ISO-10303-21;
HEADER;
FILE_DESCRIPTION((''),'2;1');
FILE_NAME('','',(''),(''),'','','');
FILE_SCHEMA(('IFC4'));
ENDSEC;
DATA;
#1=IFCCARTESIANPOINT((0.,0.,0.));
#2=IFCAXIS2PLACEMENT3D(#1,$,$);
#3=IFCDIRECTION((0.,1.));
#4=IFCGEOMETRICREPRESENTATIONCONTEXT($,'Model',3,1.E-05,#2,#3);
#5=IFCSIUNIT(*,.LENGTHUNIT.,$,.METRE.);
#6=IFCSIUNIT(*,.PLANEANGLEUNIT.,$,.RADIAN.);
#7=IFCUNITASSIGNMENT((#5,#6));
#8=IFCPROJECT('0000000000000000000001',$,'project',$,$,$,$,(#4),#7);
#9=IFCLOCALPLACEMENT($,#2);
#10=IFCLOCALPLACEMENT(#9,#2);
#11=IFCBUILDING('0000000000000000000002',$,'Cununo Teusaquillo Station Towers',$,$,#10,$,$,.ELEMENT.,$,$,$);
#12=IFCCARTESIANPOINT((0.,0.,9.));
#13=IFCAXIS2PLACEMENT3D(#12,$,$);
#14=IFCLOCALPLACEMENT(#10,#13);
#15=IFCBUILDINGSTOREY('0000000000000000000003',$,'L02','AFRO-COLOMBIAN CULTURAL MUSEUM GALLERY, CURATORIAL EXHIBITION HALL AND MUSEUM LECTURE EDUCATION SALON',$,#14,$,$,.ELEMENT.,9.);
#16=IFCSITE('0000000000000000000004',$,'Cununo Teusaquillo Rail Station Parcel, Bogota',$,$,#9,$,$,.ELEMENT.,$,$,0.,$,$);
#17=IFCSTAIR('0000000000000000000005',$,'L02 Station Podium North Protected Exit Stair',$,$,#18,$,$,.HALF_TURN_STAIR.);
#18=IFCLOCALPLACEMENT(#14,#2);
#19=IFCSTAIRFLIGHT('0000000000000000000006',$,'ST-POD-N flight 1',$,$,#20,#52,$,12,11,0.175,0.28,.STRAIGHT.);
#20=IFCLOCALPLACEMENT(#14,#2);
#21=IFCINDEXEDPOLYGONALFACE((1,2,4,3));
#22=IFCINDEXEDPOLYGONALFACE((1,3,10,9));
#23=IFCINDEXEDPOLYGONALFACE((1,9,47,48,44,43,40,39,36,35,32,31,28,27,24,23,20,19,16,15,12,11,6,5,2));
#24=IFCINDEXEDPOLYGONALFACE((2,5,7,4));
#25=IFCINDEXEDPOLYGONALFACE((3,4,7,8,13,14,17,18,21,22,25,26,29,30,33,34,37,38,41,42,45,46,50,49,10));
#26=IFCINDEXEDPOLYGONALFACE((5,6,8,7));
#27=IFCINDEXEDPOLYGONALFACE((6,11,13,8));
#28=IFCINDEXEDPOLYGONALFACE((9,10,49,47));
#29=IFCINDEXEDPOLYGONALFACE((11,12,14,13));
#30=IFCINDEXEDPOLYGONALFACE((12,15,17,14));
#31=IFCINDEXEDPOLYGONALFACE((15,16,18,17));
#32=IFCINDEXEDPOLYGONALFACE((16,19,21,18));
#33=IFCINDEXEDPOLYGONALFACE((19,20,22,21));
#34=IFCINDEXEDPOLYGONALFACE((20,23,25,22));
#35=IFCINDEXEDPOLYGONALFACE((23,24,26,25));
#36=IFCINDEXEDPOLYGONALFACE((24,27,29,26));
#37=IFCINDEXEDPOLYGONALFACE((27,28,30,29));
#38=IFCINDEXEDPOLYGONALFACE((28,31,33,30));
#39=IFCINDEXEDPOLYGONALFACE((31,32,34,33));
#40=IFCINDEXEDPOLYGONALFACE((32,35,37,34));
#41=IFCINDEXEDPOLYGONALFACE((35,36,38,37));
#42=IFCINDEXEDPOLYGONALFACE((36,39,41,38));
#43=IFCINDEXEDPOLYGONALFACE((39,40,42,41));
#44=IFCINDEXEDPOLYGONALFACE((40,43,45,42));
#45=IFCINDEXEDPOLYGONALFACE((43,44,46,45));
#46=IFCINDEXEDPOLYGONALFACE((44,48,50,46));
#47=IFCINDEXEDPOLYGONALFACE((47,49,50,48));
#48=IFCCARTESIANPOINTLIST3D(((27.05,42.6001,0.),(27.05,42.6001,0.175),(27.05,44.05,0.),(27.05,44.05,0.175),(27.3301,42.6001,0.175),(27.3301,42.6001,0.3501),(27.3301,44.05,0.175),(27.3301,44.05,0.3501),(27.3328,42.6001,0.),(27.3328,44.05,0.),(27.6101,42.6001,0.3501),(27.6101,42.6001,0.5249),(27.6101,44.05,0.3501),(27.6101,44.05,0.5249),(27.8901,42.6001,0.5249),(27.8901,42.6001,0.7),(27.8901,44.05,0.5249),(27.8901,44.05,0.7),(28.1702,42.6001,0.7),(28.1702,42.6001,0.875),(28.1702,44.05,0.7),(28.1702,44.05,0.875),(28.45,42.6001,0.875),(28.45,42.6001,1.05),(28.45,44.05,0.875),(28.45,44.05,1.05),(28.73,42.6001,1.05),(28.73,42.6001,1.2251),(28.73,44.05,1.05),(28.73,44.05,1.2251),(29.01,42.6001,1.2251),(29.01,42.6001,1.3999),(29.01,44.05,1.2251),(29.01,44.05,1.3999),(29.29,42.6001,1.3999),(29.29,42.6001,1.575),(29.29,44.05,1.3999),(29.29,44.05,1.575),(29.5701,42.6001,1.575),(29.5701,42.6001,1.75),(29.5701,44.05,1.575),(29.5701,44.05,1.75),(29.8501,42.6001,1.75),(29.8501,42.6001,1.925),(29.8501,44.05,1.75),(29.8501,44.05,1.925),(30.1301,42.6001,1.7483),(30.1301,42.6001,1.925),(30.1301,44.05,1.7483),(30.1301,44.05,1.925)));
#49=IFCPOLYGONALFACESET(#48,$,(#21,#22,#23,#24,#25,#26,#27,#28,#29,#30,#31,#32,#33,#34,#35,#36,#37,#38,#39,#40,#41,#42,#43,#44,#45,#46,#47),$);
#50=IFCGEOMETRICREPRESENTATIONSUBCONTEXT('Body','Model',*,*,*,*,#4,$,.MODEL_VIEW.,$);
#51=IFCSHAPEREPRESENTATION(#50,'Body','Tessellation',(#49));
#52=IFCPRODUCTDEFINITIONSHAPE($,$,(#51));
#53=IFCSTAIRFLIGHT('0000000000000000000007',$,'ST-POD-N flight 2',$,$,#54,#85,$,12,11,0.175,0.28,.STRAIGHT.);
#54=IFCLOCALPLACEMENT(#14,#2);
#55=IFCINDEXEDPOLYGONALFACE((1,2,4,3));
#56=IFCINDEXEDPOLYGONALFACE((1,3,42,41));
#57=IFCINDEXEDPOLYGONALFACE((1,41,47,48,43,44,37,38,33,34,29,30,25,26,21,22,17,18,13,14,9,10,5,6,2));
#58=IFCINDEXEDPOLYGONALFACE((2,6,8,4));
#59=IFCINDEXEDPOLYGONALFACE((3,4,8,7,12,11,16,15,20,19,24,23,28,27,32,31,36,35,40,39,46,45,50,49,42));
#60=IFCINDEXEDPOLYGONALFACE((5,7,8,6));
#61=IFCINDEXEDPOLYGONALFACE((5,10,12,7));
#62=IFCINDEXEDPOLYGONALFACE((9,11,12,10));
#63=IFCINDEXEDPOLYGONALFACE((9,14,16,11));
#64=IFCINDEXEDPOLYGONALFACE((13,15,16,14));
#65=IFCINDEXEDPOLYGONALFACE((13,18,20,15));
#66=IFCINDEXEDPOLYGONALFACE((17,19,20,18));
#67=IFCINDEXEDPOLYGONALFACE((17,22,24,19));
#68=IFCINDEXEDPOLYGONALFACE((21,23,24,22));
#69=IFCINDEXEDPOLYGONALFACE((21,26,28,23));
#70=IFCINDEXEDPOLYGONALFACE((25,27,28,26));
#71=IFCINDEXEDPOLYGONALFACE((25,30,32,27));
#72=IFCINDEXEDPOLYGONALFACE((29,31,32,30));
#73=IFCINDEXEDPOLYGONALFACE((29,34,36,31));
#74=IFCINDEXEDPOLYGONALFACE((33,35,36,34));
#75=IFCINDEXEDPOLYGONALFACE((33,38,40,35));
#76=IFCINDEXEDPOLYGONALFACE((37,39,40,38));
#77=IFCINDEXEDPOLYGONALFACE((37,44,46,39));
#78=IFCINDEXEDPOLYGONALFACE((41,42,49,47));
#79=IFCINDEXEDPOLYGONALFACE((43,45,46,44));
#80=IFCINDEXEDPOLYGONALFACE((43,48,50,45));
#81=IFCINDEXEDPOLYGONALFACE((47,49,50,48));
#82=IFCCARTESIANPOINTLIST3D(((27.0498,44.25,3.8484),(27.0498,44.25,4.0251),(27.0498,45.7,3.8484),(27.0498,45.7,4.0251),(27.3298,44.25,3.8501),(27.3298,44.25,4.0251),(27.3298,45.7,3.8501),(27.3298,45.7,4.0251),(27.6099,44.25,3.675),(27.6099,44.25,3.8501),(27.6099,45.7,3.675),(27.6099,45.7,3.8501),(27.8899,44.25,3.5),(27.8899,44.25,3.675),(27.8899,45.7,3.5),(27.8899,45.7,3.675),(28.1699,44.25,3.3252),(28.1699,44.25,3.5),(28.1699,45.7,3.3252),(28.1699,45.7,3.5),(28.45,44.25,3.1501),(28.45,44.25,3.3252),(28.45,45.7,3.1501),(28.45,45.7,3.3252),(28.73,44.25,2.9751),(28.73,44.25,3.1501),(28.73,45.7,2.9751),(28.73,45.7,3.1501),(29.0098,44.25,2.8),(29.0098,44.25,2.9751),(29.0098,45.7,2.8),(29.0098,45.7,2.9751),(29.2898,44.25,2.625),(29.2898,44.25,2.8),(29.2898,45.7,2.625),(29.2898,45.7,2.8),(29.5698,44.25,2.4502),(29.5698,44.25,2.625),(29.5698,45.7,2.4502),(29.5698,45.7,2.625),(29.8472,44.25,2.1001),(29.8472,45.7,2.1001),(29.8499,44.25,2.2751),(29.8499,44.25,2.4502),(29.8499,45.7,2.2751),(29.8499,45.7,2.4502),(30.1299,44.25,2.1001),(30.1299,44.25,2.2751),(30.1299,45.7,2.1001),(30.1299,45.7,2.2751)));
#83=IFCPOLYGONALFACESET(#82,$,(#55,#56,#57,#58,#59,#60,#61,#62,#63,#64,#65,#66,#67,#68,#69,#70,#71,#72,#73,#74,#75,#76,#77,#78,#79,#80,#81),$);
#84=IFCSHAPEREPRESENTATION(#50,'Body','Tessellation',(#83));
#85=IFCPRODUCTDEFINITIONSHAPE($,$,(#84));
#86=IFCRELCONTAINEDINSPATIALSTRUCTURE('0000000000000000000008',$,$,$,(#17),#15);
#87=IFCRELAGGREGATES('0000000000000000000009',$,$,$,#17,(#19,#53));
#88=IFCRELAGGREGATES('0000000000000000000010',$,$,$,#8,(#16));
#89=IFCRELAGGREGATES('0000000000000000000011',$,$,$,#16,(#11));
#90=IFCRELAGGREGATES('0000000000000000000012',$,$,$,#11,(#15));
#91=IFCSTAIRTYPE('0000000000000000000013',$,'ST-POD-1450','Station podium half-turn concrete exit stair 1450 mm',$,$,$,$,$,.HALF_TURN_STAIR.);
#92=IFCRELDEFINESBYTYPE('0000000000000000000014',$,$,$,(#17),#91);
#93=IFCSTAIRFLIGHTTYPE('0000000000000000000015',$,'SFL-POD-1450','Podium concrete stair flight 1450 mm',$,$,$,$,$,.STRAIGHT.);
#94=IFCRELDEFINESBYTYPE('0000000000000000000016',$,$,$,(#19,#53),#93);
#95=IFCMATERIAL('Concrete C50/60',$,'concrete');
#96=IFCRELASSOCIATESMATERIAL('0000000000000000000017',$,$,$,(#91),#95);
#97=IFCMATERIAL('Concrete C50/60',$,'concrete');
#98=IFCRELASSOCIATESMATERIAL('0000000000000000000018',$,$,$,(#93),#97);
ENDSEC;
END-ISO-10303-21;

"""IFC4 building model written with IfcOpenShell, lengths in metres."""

from ifc_helpers import new_model, si_unit, direction, frame, origin, place, context, subcontext, project, spatial, polyline, outline, extrude, material, type_object, element, aggregate, save


model = new_model("IFC4")

# Units and contexts
model_context = context("Model", 3, precision=1e-05, world=origin(), true_north=direction((0.0, 1.0)))
body_context = subcontext(model_context, "Body", "Model", "MODEL_VIEW")
ifc_project = project(units=[si_unit("LENGTHUNIT", "METRE"), si_unit("PLANEANGLEUNIT", "RADIAN")], contexts=[model_context])

# Site, building, storey
site_placement = place(None, origin())
site = spatial("IfcSite", under=ifc_project, at=site_placement, Name="Cununo Teusaquillo Rail Station Parcel, Bogota", CompositionType="ELEMENT", RefElevation=0.0)
building_placement = place(site_placement, origin())
building = spatial("IfcBuilding", under=site, at=building_placement, Name="Cununo Teusaquillo Station Towers", CompositionType="ELEMENT")
storey_placement = place(building_placement, frame((0.0, 0.0, 9.0)))
storey = spatial("IfcBuildingStorey", under=building, at=storey_placement, Name="L02", Description="AFRO-COLOMBIAN CULTURAL MUSEUM GALLERY, CURATORIAL EXHIBITION HALL AND MUSEUM LECTURE EDUCATION SALON", CompositionType="ELEMENT", Elevation=9.0)

# Stair, stair flights
ifc_material_1 = material(Name="Concrete C50/60", Category="concrete")
stair_type = type_object("IfcStairType", Name="ST-POD-1450", Description="Station podium half-turn concrete exit stair 1450 mm", PredefinedType="HALF_TURN_STAIR", material=ifc_material_1)
stair_placement = place(storey_placement, origin())
stair = element("IfcStair", 1, at=stair_placement, inside=storey, type_object=stair_type, Name="L02 Station Podium North Protected Exit Stair", PredefinedType="HALF_TURN_STAIR")
ifc_material_2 = material(Name="Concrete C50/60", Category="concrete")
stair_flight_type = type_object("IfcStairFlightType", Name="SFL-POD-1450", Description="Podium concrete stair flight 1450 mm", PredefinedType="STRAIGHT", material=ifc_material_2)
stair_flight_1_placement = place(storey_placement, frame((27.05, 43.325, 0.0), z_axis=(0.0, 0.0, 1.0), x_axis=(1.0, 0.0, 0.0)))
stair_flight_1 = element("IfcStairFlight", 2, at=stair_flight_1_placement, type_object=stair_flight_type, Name="ST-POD-N flight 1", NumberOfRisers=12, NumberOfTreads=11, PredefinedType="STRAIGHT", RiserHeight=0.175, TreadLength=0.28, context=body_context, shape_type="SweptSolid", body=[
    extrude(outline(polyline([(0.0, 0.0), (0.0, 0.175), (0.28, 0.175), (0.28, 0.3501), (0.5601, 0.3501), (0.5601, 0.5249), (0.8401, 0.5249), (0.8401, 0.7), (1.1201, 0.7), (1.1201, 0.875), (1.3999, 0.875), (1.3999, 1.05), (1.6799, 1.05), (1.6799, 1.2251), (1.96, 1.2251), (1.96, 1.3999), (2.24, 1.3999), (2.24, 1.575), (2.52, 1.575), (2.52, 1.75), (2.8, 1.75), (2.8, 1.925), (3.0801, 1.925), (3.0801, 2.1001), (3.0801, 1.7483), (0.2827, 0.0), (0.0, 0.0)])), frame((0.0, 0.7251, 0.0), z_axis=(0.0, -1.0, 0.0), x_axis=(1.0, 0.0, 0.0)), (0.0, 0.0, 1.0), 1.45),
])
stair_flight_2_placement = place(storey_placement, frame((30.1299, 44.9751, 2.1001), z_axis=(0.0, 0.0, 1.0), x_axis=(-1.0, 0.0, 0.0)))
stair_flight_2 = element("IfcStairFlight", 3, at=stair_flight_2_placement, type_object=stair_flight_type, Name="ST-POD-N flight 2", NumberOfRisers=12, NumberOfTreads=11, PredefinedType="STRAIGHT", RiserHeight=0.175, TreadLength=0.28, context=body_context, shape_type="SweptSolid", body=[
    extrude(outline(polyline([(0.0, 0.0), (0.0, 0.175), (0.28, 0.175), (0.28, 0.3501), (0.5601, 0.3501), (0.5601, 0.5249), (0.8401, 0.5249), (0.8401, 0.7), (1.1201, 0.7), (1.1201, 0.875), (1.3999, 0.875), (1.3999, 1.05), (1.6799, 1.05), (1.6799, 1.2251), (1.96, 1.2251), (1.96, 1.3999), (2.24, 1.3999), (2.24, 1.575), (2.52, 1.575), (2.52, 1.75), (2.8, 1.75), (2.8, 1.925), (3.0801, 1.925), (3.0801, 2.1001), (3.0801, 1.7483), (0.2827, 0.0), (0.0, 0.0)])), frame((0.0, 0.7251, 0.0), z_axis=(0.0, -1.0, 0.0), x_axis=(1.0, 0.0, 0.0)), (0.0, 0.0, 1.0), 1.45),
])
aggregate(stair, [stair_flight_1, stair_flight_2])

save(model, "model.ifc")
